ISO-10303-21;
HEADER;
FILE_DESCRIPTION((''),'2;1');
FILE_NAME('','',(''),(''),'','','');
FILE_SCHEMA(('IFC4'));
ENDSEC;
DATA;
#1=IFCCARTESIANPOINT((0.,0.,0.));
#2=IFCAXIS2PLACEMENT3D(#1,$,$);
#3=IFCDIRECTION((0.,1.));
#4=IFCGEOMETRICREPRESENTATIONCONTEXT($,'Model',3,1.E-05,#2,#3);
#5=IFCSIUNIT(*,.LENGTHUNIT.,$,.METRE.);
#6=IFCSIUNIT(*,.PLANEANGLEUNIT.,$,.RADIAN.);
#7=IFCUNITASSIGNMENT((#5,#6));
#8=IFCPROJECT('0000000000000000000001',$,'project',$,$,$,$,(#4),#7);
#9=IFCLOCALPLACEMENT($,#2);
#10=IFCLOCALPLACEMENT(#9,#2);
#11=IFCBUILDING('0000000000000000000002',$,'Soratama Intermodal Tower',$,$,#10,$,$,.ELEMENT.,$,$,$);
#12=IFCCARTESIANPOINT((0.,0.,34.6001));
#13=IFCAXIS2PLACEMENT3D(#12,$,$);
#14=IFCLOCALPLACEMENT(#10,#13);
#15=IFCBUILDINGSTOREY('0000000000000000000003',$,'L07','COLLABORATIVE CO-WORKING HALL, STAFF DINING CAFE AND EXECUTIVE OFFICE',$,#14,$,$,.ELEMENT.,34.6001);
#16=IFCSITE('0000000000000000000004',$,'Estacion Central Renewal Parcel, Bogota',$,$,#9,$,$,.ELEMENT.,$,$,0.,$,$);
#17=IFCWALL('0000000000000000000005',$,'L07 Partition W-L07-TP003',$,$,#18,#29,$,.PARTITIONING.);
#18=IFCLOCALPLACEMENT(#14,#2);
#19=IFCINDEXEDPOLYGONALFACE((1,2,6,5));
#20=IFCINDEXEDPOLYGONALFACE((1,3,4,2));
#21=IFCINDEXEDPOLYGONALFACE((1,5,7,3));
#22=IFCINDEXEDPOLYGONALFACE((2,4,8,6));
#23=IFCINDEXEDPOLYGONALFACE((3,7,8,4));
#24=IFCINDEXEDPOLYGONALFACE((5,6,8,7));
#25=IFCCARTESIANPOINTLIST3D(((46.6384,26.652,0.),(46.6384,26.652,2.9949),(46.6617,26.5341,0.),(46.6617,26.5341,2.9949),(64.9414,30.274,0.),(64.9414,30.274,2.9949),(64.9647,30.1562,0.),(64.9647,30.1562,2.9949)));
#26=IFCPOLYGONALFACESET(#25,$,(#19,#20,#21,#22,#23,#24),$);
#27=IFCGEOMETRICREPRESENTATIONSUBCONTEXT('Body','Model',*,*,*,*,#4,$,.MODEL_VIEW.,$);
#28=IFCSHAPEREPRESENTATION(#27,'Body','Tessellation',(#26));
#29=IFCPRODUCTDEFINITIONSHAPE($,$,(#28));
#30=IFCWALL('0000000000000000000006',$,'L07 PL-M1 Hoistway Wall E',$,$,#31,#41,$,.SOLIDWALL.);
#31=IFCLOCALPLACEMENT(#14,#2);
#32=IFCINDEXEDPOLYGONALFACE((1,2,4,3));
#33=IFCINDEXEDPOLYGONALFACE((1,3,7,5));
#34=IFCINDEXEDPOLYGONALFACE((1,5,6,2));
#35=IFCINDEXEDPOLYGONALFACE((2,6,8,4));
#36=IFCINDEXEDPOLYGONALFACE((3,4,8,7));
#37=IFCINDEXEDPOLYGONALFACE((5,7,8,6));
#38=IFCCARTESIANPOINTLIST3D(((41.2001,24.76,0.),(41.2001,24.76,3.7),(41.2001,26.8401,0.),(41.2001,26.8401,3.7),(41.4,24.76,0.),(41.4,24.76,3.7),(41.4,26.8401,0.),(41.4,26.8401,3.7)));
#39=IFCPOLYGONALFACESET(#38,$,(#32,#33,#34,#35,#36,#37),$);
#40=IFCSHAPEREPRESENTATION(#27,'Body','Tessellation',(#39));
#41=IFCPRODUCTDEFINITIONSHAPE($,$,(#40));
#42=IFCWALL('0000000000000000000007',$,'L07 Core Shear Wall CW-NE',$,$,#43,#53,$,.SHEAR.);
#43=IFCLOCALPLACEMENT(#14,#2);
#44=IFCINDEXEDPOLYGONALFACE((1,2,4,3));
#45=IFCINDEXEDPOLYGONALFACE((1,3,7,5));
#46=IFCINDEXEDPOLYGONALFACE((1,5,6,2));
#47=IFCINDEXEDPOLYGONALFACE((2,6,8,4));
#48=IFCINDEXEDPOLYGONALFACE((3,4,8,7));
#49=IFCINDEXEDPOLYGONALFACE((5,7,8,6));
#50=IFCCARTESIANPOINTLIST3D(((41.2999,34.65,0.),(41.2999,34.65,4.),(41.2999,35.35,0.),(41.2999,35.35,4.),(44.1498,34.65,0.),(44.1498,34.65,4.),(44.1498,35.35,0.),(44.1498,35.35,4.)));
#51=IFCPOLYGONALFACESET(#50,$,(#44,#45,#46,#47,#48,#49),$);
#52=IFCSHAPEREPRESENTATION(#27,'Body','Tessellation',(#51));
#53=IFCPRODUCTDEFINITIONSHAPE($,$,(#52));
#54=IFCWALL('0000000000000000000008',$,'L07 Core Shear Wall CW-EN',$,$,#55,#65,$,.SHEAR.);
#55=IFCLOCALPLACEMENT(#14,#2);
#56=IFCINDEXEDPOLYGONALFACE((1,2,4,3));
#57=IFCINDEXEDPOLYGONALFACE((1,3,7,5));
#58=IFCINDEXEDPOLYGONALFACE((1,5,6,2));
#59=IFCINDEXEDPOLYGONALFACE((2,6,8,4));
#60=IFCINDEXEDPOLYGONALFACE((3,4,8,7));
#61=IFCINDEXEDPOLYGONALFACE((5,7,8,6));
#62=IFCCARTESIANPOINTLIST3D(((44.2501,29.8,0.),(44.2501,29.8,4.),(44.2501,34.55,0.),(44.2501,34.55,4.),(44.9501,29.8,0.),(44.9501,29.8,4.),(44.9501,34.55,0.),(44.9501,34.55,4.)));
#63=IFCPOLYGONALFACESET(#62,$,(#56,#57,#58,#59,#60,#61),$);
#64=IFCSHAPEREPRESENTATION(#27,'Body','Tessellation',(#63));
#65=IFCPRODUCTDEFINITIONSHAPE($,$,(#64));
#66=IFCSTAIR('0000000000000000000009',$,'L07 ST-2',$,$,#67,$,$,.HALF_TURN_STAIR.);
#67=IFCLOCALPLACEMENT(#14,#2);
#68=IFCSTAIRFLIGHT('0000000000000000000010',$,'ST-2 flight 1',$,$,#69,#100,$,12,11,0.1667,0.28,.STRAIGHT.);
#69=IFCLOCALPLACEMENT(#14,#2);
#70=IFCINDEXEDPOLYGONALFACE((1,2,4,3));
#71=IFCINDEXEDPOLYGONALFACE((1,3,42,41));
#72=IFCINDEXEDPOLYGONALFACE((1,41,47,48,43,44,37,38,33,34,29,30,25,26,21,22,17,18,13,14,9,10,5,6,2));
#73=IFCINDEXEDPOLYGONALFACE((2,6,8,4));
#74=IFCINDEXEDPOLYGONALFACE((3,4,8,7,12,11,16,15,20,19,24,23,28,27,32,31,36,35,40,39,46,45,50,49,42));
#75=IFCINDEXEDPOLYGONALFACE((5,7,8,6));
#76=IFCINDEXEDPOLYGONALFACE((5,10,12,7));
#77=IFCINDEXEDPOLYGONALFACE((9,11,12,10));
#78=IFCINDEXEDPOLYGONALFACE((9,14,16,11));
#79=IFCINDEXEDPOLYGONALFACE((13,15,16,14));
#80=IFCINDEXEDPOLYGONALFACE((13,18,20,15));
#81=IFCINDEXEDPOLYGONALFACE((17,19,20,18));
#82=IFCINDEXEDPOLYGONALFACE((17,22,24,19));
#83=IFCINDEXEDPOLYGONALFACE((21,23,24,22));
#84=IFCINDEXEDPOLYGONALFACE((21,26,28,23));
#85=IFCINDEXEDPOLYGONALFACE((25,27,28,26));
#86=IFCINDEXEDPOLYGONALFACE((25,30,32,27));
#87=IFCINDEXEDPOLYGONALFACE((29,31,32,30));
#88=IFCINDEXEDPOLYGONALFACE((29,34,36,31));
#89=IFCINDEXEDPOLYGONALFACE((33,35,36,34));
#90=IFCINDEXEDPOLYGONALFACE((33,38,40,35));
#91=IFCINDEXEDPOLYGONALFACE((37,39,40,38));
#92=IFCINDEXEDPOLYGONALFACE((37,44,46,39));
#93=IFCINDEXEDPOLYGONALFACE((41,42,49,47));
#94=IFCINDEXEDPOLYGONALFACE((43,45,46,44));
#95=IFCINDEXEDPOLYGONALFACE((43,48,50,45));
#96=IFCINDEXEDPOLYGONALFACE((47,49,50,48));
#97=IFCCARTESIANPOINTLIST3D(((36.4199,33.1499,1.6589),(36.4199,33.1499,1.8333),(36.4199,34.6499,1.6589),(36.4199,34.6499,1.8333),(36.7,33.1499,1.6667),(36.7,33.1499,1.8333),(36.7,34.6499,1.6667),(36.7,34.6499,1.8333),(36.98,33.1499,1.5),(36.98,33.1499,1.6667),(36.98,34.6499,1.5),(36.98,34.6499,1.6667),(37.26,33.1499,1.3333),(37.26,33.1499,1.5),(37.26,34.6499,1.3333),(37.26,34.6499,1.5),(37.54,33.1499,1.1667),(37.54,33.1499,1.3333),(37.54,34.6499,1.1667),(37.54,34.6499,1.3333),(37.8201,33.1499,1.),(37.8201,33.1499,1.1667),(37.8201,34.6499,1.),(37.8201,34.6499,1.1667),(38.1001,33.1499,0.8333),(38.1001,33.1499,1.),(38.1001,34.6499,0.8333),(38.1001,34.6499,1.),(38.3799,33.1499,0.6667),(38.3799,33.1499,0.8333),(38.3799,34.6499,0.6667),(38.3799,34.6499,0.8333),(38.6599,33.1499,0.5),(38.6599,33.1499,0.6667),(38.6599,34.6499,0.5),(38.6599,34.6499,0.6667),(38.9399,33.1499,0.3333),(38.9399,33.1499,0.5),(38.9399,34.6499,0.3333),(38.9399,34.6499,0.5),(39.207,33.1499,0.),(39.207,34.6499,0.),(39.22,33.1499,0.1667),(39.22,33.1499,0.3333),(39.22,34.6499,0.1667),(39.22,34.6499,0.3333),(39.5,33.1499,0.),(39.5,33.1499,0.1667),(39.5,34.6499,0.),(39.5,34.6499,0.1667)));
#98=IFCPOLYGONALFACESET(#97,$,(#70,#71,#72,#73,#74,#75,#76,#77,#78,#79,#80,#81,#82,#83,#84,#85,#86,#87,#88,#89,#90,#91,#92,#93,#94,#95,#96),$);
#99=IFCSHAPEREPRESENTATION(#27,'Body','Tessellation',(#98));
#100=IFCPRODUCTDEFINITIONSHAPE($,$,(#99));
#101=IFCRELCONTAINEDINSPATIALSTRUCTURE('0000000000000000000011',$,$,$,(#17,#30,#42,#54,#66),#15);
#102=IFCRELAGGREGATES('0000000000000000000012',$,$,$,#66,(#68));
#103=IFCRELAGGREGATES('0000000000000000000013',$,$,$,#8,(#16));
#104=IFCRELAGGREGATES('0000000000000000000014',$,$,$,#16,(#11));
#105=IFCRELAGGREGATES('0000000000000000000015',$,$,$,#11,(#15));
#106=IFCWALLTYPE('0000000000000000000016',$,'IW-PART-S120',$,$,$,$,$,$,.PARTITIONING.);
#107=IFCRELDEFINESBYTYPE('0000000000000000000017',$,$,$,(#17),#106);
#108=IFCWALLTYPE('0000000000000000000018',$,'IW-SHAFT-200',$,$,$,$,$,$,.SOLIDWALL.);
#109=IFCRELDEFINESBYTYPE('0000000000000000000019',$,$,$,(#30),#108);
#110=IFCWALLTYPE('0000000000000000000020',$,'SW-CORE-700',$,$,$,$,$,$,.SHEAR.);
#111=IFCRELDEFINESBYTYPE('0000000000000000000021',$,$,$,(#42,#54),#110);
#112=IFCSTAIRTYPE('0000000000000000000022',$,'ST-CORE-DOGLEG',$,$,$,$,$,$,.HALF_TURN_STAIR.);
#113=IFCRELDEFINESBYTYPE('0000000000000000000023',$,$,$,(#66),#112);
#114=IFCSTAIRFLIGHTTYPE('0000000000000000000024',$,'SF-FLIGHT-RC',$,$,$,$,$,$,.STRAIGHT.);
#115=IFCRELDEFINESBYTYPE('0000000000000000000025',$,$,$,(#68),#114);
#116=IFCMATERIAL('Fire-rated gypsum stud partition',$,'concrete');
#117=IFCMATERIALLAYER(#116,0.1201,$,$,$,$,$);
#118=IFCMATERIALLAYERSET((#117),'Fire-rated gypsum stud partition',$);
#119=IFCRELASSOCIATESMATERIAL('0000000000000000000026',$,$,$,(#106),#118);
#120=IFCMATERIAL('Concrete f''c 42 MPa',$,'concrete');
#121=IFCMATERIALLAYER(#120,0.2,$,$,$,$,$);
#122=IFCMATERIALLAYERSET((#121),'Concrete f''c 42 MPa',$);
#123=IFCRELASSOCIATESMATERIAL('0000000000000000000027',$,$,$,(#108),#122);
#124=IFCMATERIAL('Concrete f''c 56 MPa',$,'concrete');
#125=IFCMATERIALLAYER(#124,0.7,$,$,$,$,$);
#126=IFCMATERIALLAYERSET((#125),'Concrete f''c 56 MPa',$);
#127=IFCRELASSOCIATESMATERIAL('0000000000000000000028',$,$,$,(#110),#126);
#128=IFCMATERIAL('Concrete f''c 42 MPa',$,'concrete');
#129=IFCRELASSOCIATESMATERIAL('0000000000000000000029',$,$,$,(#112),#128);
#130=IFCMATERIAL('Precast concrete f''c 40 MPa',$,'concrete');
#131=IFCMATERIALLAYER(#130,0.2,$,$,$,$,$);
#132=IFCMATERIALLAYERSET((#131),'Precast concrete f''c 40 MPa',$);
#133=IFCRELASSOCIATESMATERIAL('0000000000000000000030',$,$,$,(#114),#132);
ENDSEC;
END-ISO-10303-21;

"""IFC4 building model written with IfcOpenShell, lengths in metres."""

from ifc_helpers import new_model, si_unit, direction, frame, frame_2d, origin, place, context, subcontext, project, spatial, polyline, rectangle, outline, extrude, material, layer, layer_set, type_object, element, aggregate, save


model = new_model("IFC4")

# Units and contexts
model_context = context("Model", 3, precision=1e-05, world=origin(), true_north=direction((0.0, 1.0)))
body_context = subcontext(model_context, "Body", "Model", "MODEL_VIEW")
ifc_project = project(units=[si_unit("LENGTHUNIT", "METRE"), si_unit("PLANEANGLEUNIT", "RADIAN")], contexts=[model_context])

# Site, building, storey
site_placement = place(None, origin())
site = spatial("IfcSite", under=ifc_project, at=site_placement, Name="Estacion Central Renewal Parcel, Bogota", CompositionType="ELEMENT", RefElevation=0.0)
building_placement = place(site_placement, origin())
building = spatial("IfcBuilding", under=site, at=building_placement, Name="Soratama Intermodal Tower", CompositionType="ELEMENT")
storey_placement = place(building_placement, frame((0.0, 0.0, 34.6001)))
storey = spatial("IfcBuildingStorey", under=building, at=storey_placement, Name="L07", Description="COLLABORATIVE CO-WORKING HALL, STAFF DINING CAFE AND EXECUTIVE OFFICE", CompositionType="ELEMENT", Elevation=34.6001)

# Walls
ifc_material_1 = material(Name="Fire-rated gypsum stud partition", Category="concrete")
ifc_layer_1 = layer(ifc_material_1, 0.1201)
ifc_layer_set_1 = layer_set([ifc_layer_1], Name="Fire-rated gypsum stud partition")
wall_type_1 = type_object("IfcWallType", Name="IW-PART-S120", PredefinedType="PARTITIONING", material=ifc_layer_set_1)
wall_1_placement = place(storey_placement, frame((46.6499, 26.593, 0.0), z_axis=(0.0, 0.0, 1.0), x_axis=(0.980976, 0.19413, 0.0)))
element("IfcWall", 1, at=wall_1_placement, inside=storey, type_object=wall_type_1, Name="L07 Partition W-L07-TP003", PredefinedType="PARTITIONING", context=body_context, shape_type="SweptSolid", body=[
    extrude(rectangle(XDim=18.658, YDim=0.1201, at=frame_2d((9.3291, 0.0))), origin(), (0.0, 0.0, 1.0), 2.9949),
])
ifc_material_2 = material(Name="Concrete f'c 42 MPa", Category="concrete")
ifc_layer_2 = layer(ifc_material_2, 0.2)
ifc_layer_set_2 = layer_set([ifc_layer_2], Name="Concrete f'c 42 MPa")
wall_type_2 = type_object("IfcWallType", Name="IW-SHAFT-200", PredefinedType="SOLIDWALL", material=ifc_layer_set_2)
wall_2_placement = place(storey_placement, frame((41.3, 24.76, 0.0), z_axis=(0.0, 0.0, 1.0), x_axis=(0.0, 1.0, 0.0)))
element("IfcWall", 2, at=wall_2_placement, inside=storey, type_object=wall_type_2, Name="L07 PL-M1 Hoistway Wall E", PredefinedType="SOLIDWALL", context=body_context, shape_type="SweptSolid", body=[
    extrude(rectangle(XDim=2.0801, YDim=0.2, at=frame_2d((1.04, 0.0))), origin(), (0.0, 0.0, 1.0), 3.7),
])
ifc_material_3 = material(Name="Concrete f'c 56 MPa", Category="concrete")
ifc_layer_3 = layer(ifc_material_3, 0.7)
ifc_layer_set_3 = layer_set([ifc_layer_3], Name="Concrete f'c 56 MPa")
wall_type_3 = type_object("IfcWallType", Name="SW-CORE-700", PredefinedType="SHEAR", material=ifc_layer_set_3)
wall_3_placement = place(storey_placement, frame((41.3, 35.0, 0.0), z_axis=(0.0, 0.0, 1.0), x_axis=(1.0, 0.0, 0.0)))
element("IfcWall", 3, at=wall_3_placement, inside=storey, type_object=wall_type_3, Name="L07 Core Shear Wall CW-NE", PredefinedType="SHEAR", context=body_context, shape_type="SweptSolid", body=[
    extrude(rectangle(XDim=2.8499, YDim=0.7, at=frame_2d((1.4248, 0.0))), origin(), (0.0, 0.0, 1.0), 4.0),
])
wall_4_placement = place(storey_placement, frame((44.6001, 29.8, 0.0), z_axis=(0.0, 0.0, 1.0), x_axis=(0.0, 1.0, 0.0)))
element("IfcWall", 4, at=wall_4_placement, inside=storey, type_object=wall_type_3, Name="L07 Core Shear Wall CW-EN", PredefinedType="SHEAR", context=body_context, shape_type="SweptSolid", body=[
    extrude(rectangle(XDim=4.75, YDim=0.7, at=frame_2d((2.375, 0.0))), origin(), (0.0, 0.0, 1.0), 4.0),
])

# Stair, stair flight
ifc_material_4 = material(Name="Concrete f'c 42 MPa", Category="concrete")
stair_type = type_object("IfcStairType", Name="ST-CORE-DOGLEG", PredefinedType="HALF_TURN_STAIR", material=ifc_material_4)
stair_placement = place(storey_placement, origin())
stair = element("IfcStair", 5, at=stair_placement, inside=storey, type_object=stair_type, Name="L07 ST-2", PredefinedType="HALF_TURN_STAIR")
ifc_material_5 = material(Name="Precast concrete f'c 40 MPa", Category="concrete")
ifc_layer_4 = layer(ifc_material_5, 0.2)
ifc_layer_set_4 = layer_set([ifc_layer_4], Name="Precast concrete f'c 40 MPa")
stair_flight_type = type_object("IfcStairFlightType", Name="SF-FLIGHT-RC", PredefinedType="STRAIGHT", material=ifc_layer_set_4)
stair_flight_placement = place(storey_placement, frame((39.5, 33.8999, 0.0), z_axis=(0.0, 0.0, 1.0), x_axis=(-1.0, 0.0, 0.0)))
stair_flight = element("IfcStairFlight", 6, at=stair_flight_placement, type_object=stair_flight_type, Name="ST-2 flight 1", NumberOfRisers=12, NumberOfTreads=11, PredefinedType="STRAIGHT", RiserHeight=0.1667, TreadLength=0.28, context=body_context, shape_type="SweptSolid", body=[
    extrude(outline(polyline([(0.0, 0.0), (0.0, 0.1667), (0.28, 0.1667), (0.28, 0.3333), (0.5601, 0.3333), (0.5601, 0.5), (0.8401, 0.5), (0.8401, 0.6667), (1.1201, 0.6667), (1.1201, 0.8333), (1.3999, 0.8333), (1.3999, 1.0), (1.6799, 1.0), (1.6799, 1.1667), (1.96, 1.1667), (1.96, 1.3333), (2.24, 1.3333), (2.24, 1.5), (2.52, 1.5), (2.52, 1.6667), (2.8, 1.6667), (2.8, 1.8333), (3.0801, 1.8333), (3.0801, 2.0), (3.0801, 1.6589), (0.293, 0.0), (0.0, 0.0)])), frame((0.0, 0.75, 0.0), z_axis=(0.0, -1.0, 0.0), x_axis=(1.0, 0.0, 0.0)), (0.0, 0.0, 1.0), 1.5),
])
aggregate(stair, [stair_flight])

save(model, "model.ifc")
